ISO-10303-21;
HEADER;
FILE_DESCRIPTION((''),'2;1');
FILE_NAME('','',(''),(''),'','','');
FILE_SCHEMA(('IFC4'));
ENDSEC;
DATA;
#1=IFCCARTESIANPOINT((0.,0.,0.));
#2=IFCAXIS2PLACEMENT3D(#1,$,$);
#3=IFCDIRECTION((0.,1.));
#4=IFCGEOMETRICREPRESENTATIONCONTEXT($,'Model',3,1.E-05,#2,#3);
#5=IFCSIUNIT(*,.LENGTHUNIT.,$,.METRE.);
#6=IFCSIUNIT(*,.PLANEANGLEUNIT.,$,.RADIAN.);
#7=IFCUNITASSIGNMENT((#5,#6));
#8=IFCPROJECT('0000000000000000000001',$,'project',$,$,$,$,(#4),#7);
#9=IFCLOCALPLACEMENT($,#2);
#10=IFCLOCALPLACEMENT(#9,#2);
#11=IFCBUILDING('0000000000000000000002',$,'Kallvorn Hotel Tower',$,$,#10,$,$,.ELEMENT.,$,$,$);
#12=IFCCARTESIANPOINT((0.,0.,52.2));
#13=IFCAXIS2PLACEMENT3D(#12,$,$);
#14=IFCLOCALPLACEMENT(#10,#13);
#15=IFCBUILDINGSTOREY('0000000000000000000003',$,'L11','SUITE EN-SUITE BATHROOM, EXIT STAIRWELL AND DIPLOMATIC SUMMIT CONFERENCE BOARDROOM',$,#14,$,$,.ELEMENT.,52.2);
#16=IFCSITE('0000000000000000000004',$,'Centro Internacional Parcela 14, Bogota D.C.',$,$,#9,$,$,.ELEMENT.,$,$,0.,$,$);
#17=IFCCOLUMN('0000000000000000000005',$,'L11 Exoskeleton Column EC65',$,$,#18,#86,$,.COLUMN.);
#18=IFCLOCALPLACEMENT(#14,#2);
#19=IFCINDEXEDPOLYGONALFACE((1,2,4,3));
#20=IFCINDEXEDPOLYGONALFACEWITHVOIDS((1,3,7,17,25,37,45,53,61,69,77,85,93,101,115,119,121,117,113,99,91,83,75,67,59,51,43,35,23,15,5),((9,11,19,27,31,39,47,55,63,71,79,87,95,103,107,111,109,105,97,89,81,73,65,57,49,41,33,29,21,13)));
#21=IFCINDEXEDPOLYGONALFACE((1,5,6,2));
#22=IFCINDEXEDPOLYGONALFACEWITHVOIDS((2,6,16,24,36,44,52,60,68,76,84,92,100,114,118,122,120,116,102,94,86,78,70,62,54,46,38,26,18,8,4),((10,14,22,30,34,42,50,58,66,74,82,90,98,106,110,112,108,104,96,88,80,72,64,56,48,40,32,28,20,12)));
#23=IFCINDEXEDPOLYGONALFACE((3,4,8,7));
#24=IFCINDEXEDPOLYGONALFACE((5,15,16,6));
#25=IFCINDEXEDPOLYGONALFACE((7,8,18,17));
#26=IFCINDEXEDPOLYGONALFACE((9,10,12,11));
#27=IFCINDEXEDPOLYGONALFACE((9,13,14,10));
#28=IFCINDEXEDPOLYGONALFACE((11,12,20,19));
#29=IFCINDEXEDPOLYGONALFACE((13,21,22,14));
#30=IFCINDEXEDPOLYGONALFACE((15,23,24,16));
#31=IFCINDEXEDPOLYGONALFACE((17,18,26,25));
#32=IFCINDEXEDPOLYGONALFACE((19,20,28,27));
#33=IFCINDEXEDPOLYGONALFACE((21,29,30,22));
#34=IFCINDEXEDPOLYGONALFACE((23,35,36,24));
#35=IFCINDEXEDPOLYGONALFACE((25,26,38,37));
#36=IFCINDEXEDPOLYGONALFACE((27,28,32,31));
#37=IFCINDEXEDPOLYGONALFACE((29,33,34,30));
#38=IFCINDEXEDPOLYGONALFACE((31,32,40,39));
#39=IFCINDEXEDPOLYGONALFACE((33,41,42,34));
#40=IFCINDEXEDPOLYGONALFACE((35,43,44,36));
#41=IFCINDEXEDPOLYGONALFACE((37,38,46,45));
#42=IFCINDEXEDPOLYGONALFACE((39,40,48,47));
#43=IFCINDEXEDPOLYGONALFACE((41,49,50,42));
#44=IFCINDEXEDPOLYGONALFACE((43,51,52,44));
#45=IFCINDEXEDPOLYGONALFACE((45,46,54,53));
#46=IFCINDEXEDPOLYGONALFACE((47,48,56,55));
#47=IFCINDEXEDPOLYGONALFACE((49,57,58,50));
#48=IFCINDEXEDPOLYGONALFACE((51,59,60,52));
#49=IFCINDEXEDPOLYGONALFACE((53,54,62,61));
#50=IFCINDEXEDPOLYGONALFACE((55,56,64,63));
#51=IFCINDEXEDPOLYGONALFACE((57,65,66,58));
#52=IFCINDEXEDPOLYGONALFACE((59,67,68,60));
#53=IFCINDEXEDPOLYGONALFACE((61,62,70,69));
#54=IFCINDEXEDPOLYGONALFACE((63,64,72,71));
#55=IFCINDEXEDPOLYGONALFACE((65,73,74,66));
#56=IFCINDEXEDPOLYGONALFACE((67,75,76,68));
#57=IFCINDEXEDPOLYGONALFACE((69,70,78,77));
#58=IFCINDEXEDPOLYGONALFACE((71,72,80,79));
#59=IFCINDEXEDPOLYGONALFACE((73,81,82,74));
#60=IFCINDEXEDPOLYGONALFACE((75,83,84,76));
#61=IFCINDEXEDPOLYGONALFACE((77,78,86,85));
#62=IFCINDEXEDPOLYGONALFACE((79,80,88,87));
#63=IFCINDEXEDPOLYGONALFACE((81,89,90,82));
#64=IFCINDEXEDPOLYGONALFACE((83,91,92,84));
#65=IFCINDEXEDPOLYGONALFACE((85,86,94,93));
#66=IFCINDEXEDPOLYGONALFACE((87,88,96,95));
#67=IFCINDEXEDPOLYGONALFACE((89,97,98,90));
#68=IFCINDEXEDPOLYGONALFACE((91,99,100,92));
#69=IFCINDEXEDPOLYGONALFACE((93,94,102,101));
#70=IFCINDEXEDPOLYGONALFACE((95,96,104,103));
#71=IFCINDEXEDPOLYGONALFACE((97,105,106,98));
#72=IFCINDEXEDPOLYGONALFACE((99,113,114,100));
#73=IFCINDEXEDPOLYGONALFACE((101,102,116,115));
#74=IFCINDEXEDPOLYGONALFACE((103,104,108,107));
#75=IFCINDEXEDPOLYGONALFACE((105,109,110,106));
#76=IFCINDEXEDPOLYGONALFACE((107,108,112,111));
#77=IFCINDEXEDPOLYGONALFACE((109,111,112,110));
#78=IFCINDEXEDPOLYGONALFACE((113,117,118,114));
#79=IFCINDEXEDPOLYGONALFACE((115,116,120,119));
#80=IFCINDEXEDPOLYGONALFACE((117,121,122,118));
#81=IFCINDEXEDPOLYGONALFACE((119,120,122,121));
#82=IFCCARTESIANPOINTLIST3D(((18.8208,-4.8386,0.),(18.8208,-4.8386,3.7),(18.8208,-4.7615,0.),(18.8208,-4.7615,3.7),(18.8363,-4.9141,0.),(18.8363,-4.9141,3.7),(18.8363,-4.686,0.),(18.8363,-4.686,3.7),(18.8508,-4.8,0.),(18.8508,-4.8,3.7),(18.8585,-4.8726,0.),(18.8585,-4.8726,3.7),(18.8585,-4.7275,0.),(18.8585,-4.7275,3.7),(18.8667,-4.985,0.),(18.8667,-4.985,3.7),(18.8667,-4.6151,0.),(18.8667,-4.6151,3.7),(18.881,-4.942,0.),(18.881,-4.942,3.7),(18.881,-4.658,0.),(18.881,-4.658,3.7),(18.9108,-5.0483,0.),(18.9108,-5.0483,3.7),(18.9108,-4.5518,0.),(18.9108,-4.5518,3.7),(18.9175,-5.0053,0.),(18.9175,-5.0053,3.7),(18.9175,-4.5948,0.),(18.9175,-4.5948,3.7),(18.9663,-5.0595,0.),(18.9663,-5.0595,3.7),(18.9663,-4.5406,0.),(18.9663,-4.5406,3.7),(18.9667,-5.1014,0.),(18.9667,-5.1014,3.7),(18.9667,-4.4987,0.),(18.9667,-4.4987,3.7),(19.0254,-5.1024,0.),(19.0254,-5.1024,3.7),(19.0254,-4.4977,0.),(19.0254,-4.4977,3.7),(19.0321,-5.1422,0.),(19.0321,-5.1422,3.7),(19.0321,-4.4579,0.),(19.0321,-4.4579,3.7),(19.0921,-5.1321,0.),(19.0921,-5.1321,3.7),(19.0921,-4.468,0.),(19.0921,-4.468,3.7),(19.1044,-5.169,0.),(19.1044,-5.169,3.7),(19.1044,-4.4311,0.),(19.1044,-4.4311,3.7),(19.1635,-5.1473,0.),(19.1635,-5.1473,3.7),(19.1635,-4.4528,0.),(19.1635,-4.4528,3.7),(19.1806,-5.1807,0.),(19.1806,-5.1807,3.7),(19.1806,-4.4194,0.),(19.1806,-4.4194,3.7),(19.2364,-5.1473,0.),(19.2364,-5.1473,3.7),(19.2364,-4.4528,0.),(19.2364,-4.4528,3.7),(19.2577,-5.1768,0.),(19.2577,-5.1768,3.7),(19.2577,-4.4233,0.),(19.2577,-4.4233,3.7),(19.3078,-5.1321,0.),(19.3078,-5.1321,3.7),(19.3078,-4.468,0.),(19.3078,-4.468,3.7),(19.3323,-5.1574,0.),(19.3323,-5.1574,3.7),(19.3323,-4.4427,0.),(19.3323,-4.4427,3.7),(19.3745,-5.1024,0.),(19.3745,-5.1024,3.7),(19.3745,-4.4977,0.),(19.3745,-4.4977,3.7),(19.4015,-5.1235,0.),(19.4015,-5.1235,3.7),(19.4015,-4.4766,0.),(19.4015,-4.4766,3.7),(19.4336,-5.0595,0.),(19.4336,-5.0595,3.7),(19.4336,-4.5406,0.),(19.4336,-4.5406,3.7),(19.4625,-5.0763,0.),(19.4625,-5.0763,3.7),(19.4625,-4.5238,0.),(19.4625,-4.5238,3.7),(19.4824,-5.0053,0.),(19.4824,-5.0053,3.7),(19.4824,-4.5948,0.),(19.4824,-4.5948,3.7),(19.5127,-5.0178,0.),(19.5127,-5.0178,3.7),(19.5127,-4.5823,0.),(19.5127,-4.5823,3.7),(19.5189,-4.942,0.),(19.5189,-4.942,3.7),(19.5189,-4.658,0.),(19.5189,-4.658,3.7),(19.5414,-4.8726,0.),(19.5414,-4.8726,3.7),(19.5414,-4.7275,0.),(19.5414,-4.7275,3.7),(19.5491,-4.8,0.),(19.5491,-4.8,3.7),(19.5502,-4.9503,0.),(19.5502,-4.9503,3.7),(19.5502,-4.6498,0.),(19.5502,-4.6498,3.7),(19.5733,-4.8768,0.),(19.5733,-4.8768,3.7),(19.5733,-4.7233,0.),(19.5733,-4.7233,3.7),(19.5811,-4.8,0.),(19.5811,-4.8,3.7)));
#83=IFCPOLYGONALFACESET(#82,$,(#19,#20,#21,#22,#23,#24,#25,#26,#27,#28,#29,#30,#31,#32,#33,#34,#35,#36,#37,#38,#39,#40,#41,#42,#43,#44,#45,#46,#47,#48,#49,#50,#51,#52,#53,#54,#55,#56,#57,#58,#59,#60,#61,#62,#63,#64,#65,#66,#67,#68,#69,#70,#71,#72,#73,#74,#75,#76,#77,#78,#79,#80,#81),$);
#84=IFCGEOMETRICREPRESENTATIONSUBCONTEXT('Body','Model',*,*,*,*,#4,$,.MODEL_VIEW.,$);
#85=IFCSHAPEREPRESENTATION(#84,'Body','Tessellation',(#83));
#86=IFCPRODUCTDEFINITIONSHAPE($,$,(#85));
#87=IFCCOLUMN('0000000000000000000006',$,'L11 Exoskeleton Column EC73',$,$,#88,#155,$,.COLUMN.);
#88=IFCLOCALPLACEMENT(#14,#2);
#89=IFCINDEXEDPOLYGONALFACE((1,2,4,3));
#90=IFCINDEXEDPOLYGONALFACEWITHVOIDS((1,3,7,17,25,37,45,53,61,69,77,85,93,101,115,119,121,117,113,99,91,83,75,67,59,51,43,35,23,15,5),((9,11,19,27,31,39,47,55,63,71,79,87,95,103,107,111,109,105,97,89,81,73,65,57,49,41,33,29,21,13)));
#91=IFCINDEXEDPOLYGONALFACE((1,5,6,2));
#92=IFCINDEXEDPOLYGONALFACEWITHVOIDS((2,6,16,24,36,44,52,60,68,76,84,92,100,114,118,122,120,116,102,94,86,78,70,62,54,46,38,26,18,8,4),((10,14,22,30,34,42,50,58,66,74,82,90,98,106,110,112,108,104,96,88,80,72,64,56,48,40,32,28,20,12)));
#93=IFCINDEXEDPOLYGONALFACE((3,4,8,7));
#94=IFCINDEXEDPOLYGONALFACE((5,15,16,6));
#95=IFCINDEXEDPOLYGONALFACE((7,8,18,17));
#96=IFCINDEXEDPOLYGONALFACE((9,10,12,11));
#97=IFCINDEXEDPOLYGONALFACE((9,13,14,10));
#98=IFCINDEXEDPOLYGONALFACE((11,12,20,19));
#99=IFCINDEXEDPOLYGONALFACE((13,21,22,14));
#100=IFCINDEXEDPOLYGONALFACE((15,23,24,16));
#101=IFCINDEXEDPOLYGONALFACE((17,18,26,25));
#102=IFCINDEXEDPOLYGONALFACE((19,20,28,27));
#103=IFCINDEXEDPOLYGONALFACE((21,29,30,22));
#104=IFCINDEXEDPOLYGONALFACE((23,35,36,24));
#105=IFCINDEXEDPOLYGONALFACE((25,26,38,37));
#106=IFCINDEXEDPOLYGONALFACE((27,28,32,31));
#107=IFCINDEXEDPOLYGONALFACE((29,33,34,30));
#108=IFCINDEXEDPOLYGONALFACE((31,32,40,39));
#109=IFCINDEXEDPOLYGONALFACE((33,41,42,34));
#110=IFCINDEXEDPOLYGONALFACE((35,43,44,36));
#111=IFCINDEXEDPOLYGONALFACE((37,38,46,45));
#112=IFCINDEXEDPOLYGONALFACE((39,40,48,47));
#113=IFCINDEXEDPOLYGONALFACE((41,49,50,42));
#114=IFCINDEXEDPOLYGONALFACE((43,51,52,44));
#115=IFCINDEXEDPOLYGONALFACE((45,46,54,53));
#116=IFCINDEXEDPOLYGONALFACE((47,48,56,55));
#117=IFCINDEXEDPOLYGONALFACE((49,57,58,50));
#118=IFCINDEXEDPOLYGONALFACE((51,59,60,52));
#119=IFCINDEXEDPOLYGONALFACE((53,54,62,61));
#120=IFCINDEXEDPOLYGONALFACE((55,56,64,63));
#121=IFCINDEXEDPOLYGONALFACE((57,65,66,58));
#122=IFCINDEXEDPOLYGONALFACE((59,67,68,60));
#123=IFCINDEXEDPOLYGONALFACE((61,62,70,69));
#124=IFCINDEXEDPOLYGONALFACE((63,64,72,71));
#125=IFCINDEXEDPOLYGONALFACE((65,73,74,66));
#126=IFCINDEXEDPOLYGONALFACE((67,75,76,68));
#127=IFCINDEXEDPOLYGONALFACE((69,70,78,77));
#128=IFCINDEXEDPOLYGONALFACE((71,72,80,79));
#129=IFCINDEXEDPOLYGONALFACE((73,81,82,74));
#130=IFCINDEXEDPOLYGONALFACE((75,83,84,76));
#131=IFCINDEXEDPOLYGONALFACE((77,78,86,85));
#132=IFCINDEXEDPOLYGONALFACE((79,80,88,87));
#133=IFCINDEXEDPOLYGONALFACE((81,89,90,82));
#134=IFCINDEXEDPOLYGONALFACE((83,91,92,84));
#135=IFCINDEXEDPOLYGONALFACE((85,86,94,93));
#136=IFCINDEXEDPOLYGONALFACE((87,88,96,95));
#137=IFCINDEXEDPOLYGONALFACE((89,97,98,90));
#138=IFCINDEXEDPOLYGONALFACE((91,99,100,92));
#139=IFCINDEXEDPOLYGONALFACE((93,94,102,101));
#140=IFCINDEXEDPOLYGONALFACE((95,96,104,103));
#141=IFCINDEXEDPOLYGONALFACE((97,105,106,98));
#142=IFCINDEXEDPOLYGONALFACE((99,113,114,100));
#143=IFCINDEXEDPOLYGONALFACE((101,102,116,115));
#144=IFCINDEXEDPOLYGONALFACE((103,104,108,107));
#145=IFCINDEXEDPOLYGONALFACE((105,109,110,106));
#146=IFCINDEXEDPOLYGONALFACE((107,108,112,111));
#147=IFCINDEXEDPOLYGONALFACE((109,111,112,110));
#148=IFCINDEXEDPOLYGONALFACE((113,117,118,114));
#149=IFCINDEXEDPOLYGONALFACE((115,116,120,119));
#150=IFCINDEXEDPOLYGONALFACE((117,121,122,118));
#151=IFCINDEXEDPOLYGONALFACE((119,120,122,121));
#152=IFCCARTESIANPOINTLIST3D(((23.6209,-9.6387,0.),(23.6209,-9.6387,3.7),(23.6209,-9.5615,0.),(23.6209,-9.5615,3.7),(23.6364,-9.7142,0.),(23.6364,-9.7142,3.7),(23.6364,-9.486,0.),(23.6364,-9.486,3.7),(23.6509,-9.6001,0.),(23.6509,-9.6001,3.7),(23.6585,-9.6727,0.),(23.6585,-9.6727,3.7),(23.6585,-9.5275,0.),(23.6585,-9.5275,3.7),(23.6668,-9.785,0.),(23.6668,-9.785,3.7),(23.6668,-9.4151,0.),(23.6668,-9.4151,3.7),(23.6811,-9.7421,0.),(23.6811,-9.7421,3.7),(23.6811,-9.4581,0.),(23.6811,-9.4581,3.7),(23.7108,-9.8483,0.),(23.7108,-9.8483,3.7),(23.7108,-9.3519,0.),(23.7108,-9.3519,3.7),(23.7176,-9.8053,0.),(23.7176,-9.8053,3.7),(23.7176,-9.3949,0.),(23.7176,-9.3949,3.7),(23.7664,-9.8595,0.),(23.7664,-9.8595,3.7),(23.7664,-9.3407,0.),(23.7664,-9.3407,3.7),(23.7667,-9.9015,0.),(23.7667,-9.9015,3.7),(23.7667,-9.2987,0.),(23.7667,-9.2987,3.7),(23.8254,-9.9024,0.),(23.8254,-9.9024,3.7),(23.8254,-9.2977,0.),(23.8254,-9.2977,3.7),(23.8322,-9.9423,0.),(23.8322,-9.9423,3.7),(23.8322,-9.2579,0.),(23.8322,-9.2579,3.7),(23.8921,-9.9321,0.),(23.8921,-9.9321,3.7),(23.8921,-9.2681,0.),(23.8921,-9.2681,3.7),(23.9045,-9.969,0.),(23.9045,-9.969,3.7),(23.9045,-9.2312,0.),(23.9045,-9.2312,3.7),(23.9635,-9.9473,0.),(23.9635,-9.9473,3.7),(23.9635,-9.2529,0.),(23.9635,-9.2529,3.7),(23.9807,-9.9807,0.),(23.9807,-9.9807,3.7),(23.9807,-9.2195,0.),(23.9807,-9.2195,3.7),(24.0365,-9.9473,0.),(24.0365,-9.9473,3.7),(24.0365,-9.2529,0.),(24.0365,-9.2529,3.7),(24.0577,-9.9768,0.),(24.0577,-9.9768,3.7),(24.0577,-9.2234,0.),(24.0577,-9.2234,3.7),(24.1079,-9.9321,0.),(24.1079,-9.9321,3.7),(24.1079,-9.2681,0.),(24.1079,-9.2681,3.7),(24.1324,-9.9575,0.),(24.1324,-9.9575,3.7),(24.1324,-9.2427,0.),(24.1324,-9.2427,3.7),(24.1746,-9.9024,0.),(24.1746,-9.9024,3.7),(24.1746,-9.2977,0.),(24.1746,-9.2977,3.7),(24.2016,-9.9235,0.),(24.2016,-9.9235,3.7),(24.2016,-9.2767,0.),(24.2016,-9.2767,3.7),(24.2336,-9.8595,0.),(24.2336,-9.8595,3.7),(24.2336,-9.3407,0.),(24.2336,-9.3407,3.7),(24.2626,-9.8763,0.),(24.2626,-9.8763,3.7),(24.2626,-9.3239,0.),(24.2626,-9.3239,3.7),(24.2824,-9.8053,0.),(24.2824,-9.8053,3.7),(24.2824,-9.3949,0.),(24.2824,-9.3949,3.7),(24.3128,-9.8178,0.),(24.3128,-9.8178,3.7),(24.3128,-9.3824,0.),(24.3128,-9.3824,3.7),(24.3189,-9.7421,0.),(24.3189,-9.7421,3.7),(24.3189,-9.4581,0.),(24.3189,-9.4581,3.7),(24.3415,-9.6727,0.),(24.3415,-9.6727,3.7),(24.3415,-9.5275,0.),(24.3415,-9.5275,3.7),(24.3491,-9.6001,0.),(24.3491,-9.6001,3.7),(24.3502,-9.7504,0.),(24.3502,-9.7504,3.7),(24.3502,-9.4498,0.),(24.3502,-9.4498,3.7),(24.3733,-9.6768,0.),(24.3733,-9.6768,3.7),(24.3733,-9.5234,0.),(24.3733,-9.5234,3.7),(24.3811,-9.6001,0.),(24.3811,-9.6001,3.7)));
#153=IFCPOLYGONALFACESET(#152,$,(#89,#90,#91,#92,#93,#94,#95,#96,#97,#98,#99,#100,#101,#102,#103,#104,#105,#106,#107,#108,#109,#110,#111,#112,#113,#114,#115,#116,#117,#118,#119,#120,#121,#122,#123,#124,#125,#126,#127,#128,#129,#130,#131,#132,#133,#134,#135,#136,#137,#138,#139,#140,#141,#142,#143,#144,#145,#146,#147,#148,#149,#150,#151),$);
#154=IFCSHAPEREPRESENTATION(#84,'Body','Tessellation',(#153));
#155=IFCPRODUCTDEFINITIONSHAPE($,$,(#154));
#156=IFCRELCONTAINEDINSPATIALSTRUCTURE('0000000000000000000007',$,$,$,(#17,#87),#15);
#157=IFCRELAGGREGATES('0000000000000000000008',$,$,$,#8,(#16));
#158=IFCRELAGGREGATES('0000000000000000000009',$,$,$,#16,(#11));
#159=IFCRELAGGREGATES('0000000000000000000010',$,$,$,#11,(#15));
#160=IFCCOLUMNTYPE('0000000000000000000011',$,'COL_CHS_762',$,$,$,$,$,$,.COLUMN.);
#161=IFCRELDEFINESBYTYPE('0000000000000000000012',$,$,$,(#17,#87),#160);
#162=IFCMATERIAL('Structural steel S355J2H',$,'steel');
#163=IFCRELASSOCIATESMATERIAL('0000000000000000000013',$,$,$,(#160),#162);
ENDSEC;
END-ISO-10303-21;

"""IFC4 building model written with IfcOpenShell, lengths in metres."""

from ifc_helpers import new_model, si_unit, direction, frame, origin, origin_2d, place, context, subcontext, project, spatial, hollow_circle, extrude, material, material_profile, profile_set, type_object, element, save


model = new_model("IFC4")

# Units and contexts
model_context = context("Model", 3, precision=1e-05, world=origin(), true_north=direction((0.0, 1.0)))
body_context = subcontext(model_context, "Body", "Model", "MODEL_VIEW")
ifc_project = project(units=[si_unit("LENGTHUNIT", "METRE"), si_unit("PLANEANGLEUNIT", "RADIAN")], contexts=[model_context])

# Site, building, storey
site_placement = place(None, origin())
site = spatial("IfcSite", under=ifc_project, at=site_placement, Name="Centro Internacional Parcela 14, Bogota D.C.", CompositionType="ELEMENT", RefElevation=0.0)
building_placement = place(site_placement, origin())
building = spatial("IfcBuilding", under=site, at=building_placement, Name="Kallvorn Hotel Tower", CompositionType="ELEMENT")
storey_placement = place(building_placement, frame((0.0, 0.0, 52.2)))
storey = spatial("IfcBuildingStorey", under=building, at=storey_placement, Name="L11", Description="SUITE EN-SUITE BATHROOM, EXIT STAIRWELL AND DIPLOMATIC SUMMIT CONFERENCE BOARDROOM", CompositionType="ELEMENT", Elevation=52.2)

# Columns
ifc_material_1 = material(Name="Structural steel S355J2H", Category="steel")
ifc_material_profile_1 = material_profile(ifc_material_1, hollow_circle(Radius=0.3811, WallThickness=0.032, at=origin_2d()), Name="CHS 762x32")
ifc_profile_set_1 = profile_set([ifc_material_profile_1], Name="Structural steel S355J2H")
column_type_1 = type_object("IfcColumnType", Name="COL_CHS_762", PredefinedType="COLUMN", material=ifc_profile_set_1)
for number, where, z_axis, x_axis, name in (
    (1, (19.2, -4.8, 0.0), (0.0, 0.0, 1.0), (1.0, 0.0, 0.0), "L11 Exoskeleton Column EC65"),
    (2, (24.0, -9.6001, 0.0), (0.0, 0.0, 1.0), (1.0, 0.0, 0.0), "L11 Exoskeleton Column EC73"),
):
    element("IfcColumn", number, at=place(storey_placement, frame(where, z_axis=z_axis, x_axis=x_axis)), inside=storey, type_object=column_type_1, Name=name, PredefinedType="COLUMN", context=body_context, shape_type="SweptSolid", body=[
        extrude(hollow_circle(Radius=0.3811, WallThickness=0.032, at=origin_2d()), origin(), (0.0, 0.0, 1.0), 3.7),
    ])

save(model, "model.ifc")
